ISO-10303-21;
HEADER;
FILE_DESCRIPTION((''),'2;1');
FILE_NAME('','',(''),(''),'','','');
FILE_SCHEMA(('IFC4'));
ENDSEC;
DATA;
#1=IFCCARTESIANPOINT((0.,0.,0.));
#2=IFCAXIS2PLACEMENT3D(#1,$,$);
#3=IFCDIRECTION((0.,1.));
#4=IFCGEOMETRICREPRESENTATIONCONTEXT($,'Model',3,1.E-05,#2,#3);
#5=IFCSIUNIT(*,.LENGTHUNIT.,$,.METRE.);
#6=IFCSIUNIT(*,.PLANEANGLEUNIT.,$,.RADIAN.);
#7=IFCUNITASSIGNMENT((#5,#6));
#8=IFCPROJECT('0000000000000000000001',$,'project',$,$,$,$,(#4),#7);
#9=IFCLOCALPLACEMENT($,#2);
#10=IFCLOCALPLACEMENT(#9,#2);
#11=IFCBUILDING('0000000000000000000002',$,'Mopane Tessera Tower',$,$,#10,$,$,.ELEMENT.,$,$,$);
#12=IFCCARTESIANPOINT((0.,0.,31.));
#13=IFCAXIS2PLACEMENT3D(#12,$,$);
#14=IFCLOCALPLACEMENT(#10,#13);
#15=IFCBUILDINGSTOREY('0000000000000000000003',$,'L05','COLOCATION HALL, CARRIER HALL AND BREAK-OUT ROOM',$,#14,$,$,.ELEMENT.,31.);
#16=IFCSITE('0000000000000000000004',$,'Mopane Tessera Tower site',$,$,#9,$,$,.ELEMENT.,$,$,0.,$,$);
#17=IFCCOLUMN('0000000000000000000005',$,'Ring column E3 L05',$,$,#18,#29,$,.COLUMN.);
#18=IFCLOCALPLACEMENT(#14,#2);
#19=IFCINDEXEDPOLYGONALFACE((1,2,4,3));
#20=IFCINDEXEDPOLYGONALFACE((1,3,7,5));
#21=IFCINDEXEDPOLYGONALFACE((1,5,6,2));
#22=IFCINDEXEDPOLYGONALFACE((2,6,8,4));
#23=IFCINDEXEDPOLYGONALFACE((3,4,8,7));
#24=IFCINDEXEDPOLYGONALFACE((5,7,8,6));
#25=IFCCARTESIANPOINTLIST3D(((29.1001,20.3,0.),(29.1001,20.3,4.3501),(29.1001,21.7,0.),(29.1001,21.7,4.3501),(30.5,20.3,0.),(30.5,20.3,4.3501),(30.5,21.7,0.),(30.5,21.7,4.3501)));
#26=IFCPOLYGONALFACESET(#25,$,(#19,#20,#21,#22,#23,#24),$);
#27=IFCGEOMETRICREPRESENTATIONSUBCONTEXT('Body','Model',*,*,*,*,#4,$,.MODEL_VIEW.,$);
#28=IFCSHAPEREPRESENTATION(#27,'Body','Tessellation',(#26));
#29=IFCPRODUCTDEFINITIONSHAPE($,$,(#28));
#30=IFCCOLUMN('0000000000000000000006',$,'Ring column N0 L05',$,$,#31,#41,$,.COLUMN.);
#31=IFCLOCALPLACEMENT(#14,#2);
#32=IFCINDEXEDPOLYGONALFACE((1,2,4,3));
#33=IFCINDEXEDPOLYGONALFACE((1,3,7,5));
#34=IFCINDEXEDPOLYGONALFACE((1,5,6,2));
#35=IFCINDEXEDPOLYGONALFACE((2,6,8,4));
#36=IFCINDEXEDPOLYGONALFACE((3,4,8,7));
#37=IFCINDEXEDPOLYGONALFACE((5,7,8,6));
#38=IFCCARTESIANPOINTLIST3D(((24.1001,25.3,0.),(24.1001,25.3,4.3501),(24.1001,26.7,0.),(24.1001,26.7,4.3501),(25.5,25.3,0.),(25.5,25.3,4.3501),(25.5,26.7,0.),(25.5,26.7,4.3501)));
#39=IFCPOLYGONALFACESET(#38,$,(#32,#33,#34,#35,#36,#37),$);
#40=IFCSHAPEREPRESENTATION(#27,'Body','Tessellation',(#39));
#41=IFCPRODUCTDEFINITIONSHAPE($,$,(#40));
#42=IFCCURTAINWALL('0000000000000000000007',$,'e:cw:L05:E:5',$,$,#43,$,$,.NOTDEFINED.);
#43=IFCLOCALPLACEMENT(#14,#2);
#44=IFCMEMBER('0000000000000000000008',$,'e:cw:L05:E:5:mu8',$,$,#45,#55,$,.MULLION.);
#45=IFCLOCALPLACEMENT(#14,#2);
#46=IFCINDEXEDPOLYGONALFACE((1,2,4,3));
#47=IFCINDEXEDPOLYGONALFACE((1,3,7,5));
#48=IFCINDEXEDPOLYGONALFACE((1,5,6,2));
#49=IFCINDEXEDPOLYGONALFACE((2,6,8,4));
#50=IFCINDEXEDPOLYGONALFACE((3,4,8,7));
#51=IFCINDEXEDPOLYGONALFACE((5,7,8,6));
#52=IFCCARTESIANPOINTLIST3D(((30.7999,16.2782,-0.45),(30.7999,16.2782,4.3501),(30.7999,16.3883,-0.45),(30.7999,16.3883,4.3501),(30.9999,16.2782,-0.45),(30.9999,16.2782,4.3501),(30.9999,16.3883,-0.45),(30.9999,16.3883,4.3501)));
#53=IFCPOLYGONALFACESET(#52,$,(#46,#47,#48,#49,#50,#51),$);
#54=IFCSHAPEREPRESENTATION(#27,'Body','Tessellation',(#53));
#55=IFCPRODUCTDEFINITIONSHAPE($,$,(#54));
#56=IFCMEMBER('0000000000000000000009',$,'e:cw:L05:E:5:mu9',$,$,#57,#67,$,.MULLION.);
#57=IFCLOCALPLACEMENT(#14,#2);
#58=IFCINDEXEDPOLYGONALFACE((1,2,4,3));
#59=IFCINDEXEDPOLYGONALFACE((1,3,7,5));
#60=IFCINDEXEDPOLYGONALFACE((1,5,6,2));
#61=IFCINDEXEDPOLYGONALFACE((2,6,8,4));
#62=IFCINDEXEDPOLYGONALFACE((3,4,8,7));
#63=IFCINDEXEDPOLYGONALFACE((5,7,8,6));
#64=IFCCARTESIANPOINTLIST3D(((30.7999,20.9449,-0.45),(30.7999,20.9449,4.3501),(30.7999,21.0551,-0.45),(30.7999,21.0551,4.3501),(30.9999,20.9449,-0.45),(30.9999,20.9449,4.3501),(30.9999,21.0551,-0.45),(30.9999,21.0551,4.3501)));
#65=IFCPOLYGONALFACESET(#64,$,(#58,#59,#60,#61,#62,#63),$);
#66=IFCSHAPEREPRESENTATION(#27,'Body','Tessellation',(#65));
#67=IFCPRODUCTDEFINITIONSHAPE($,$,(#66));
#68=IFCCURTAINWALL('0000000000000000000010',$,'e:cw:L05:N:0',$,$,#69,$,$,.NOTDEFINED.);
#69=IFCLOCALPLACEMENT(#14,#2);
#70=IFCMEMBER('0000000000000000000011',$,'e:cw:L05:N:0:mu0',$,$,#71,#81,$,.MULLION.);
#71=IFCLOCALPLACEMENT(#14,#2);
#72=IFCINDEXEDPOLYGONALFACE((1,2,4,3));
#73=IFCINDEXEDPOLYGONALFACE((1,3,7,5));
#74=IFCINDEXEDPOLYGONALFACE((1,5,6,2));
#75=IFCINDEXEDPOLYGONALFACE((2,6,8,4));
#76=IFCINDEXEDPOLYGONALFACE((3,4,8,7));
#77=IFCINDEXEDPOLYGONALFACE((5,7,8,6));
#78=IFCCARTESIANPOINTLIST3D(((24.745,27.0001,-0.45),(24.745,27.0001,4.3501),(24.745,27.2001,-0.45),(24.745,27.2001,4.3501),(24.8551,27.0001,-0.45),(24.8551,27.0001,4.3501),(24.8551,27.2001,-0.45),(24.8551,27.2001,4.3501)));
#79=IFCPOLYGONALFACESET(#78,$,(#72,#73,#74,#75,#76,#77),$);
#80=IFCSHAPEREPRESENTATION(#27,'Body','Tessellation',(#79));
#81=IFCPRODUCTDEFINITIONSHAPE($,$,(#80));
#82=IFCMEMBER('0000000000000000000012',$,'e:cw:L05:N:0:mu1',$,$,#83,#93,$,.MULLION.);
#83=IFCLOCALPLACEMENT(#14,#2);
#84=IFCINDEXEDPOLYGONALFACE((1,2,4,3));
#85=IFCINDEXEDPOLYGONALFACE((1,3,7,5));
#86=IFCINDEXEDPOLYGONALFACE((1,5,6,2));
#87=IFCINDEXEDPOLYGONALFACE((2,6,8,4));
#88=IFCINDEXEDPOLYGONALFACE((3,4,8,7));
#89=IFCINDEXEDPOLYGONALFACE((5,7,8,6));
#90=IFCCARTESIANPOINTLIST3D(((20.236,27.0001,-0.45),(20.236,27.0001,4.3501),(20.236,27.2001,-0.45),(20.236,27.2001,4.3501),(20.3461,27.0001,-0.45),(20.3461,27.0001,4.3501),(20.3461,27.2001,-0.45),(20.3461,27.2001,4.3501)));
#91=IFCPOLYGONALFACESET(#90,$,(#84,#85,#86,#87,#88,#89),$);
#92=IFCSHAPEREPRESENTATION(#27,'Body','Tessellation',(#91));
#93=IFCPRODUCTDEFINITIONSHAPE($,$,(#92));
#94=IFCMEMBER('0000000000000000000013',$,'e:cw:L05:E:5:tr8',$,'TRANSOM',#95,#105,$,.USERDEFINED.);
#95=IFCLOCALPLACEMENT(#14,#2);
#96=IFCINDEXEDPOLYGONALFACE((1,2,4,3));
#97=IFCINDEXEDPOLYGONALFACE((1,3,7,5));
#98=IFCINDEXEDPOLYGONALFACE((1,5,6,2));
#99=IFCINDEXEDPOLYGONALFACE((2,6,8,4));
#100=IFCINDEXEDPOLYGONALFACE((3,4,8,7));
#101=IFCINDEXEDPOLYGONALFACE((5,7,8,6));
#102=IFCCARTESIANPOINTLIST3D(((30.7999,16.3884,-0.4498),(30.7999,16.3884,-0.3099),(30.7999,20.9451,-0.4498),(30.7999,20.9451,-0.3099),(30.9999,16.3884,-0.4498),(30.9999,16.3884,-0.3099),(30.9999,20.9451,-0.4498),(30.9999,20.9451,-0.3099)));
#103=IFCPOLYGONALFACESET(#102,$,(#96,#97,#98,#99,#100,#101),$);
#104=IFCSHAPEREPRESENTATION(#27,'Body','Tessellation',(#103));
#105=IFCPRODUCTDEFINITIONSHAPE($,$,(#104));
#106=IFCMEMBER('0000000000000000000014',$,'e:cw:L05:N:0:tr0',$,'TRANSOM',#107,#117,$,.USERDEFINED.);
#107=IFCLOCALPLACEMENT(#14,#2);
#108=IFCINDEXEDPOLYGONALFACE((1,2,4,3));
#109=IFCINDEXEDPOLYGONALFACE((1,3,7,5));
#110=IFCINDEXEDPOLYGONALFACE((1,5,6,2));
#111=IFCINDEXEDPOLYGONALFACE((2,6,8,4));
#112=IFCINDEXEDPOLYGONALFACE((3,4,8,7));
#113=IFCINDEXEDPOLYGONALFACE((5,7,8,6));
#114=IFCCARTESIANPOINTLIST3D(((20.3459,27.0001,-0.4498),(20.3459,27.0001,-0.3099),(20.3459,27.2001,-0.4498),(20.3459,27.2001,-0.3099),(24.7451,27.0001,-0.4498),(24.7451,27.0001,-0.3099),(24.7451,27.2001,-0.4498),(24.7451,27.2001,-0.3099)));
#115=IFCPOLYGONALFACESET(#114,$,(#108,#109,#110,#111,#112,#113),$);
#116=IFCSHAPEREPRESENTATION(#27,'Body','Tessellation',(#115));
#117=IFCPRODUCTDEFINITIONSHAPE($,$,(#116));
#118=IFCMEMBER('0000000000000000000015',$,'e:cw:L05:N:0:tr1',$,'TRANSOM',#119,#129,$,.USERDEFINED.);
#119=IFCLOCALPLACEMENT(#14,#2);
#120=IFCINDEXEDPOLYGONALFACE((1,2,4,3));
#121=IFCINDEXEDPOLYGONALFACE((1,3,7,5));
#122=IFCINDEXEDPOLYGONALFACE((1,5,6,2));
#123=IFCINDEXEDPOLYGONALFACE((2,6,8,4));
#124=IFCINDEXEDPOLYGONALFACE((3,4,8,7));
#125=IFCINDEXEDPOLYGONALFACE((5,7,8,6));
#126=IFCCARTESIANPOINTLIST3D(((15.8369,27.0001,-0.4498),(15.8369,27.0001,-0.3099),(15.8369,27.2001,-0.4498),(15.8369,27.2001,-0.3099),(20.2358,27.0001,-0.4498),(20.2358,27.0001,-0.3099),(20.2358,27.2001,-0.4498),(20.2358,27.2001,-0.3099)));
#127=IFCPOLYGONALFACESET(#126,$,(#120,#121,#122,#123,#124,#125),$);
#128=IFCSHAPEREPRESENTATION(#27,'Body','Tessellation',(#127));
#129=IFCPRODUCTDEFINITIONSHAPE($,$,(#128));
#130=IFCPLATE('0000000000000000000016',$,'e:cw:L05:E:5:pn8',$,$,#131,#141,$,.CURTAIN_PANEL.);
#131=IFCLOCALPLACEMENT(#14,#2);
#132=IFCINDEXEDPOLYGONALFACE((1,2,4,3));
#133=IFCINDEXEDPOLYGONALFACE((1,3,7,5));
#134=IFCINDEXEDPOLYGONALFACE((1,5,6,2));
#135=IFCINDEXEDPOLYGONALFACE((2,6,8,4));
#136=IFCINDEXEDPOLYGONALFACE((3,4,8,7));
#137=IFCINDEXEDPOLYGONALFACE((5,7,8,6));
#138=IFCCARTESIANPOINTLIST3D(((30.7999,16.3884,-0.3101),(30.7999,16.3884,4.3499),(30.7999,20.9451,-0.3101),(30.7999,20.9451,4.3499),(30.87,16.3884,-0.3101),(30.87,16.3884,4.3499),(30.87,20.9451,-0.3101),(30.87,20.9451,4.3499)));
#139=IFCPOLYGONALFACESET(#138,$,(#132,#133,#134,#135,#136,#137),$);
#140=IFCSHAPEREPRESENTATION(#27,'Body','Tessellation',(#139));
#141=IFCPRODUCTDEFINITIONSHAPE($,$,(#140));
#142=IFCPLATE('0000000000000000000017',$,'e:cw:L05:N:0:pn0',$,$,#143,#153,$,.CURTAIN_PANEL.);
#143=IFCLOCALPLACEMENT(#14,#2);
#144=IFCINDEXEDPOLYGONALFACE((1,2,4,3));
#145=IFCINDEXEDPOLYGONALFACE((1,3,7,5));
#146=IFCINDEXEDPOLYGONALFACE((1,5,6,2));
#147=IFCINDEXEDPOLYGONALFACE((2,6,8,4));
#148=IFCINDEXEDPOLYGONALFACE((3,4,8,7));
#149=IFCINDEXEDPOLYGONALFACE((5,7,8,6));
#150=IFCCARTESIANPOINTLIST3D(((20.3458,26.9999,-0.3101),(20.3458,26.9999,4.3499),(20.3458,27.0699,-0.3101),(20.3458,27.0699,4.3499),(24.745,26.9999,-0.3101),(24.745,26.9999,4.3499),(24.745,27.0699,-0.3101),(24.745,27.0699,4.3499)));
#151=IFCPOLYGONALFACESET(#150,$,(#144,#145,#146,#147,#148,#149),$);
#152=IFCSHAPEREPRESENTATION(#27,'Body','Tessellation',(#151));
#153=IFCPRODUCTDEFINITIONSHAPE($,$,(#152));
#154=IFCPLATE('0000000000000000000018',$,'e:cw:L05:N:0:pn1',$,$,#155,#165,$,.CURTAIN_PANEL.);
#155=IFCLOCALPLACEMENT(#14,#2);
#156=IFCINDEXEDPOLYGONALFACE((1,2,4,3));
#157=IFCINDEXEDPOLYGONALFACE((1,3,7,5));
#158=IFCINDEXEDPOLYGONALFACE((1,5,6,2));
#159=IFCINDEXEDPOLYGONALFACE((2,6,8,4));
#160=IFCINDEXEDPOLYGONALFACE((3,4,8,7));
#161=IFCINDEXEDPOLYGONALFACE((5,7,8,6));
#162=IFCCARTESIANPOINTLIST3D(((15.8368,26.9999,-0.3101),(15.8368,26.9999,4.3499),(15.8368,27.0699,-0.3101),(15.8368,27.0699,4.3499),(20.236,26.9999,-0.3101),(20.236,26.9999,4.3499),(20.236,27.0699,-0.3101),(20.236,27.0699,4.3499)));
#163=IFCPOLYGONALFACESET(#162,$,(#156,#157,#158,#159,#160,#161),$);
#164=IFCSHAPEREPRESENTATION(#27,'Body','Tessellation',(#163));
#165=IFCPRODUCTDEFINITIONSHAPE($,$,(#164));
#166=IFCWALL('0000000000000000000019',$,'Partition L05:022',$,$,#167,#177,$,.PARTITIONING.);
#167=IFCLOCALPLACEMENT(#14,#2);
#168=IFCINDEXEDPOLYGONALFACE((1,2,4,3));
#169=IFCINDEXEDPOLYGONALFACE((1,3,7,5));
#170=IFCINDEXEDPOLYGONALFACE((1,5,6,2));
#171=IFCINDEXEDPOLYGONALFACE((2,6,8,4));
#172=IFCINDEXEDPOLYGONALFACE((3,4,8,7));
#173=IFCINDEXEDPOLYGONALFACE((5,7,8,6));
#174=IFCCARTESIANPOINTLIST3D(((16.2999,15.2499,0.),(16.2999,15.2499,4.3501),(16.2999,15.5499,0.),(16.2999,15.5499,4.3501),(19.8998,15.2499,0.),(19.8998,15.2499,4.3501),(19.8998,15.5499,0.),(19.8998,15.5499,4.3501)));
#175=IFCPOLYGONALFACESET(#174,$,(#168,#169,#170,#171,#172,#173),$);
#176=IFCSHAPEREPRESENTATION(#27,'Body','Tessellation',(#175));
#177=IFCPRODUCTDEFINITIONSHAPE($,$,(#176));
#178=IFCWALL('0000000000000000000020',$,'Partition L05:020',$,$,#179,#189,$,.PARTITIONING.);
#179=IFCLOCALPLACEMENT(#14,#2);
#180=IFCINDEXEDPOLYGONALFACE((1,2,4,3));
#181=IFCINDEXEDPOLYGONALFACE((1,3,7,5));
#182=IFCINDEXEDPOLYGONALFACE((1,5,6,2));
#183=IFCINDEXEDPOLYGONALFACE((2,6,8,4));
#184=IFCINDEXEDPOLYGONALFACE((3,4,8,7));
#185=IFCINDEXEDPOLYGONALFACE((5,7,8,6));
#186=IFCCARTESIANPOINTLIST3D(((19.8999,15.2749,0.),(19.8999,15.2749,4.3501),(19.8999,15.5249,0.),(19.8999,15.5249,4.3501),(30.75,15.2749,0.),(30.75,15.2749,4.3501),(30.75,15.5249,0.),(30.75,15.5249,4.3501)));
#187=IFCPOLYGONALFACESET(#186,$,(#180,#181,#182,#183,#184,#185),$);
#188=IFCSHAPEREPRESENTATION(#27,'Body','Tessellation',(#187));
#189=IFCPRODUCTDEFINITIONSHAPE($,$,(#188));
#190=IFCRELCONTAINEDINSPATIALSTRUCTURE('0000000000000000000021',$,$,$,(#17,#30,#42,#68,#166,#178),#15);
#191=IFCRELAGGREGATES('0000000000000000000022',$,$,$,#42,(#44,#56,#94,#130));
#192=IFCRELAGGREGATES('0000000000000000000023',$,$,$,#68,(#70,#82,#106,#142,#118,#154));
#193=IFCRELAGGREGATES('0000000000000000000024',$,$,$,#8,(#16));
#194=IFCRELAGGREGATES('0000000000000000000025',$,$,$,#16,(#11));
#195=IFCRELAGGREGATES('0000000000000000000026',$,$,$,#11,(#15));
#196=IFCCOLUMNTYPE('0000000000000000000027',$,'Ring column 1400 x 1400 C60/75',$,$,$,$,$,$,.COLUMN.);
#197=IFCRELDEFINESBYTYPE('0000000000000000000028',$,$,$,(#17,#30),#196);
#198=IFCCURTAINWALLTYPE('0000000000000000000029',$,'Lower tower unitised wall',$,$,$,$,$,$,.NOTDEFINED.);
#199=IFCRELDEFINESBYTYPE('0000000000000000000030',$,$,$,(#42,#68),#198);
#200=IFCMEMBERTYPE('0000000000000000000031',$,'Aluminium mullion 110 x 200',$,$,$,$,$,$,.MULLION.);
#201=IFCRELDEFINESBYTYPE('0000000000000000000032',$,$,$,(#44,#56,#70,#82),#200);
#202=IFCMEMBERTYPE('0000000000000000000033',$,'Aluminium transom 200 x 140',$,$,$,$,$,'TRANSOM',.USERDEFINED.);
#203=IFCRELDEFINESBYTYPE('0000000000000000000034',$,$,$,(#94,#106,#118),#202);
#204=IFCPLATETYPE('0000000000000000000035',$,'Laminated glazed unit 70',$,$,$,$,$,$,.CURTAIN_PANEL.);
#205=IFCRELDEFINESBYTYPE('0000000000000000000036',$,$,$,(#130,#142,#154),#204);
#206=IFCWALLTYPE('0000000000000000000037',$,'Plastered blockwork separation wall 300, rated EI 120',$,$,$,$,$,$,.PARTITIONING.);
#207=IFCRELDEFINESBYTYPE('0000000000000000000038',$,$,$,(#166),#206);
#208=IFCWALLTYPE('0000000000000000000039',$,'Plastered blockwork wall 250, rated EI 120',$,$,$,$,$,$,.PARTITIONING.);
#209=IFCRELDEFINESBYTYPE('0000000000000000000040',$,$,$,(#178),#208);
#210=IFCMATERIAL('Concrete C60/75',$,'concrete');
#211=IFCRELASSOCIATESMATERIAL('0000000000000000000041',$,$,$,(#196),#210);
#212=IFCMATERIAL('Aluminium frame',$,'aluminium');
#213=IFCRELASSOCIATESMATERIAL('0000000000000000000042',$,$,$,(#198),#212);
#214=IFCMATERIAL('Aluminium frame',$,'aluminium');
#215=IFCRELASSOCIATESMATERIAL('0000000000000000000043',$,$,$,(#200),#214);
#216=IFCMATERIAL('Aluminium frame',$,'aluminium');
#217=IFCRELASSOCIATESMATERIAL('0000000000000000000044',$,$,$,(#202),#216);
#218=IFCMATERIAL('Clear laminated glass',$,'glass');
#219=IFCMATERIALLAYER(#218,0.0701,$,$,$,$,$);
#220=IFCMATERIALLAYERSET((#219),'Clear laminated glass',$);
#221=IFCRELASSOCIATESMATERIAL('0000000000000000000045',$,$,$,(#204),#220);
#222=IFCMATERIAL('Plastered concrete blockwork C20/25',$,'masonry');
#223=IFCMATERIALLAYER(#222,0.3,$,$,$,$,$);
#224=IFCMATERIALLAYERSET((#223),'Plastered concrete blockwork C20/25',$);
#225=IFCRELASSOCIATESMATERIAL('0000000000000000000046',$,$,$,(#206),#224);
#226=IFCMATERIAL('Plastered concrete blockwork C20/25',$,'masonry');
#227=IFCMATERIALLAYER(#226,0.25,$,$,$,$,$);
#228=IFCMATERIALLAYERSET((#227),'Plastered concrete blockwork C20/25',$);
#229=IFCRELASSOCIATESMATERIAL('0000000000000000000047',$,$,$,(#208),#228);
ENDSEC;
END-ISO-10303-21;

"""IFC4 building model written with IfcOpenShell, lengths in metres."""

from ifc_helpers import new_model, si_unit, direction, frame, frame_2d, origin, origin_2d, place, context, subcontext, project, spatial, rectangle, extrude, material, layer, layer_set, material_profile, profile_set, type_object, element, aggregate, save


model = new_model("IFC4")

# Units and contexts
model_context = context("Model", 3, precision=1e-05, world=origin(), true_north=direction((0.0, 1.0)))
body_context = subcontext(model_context, "Body", "Model", "MODEL_VIEW")
ifc_project = project(units=[si_unit("LENGTHUNIT", "METRE"), si_unit("PLANEANGLEUNIT", "RADIAN")], contexts=[model_context])

# Site, building, storey
site_placement = place(None, origin())
site = spatial("IfcSite", under=ifc_project, at=site_placement, Name="Mopane Tessera Tower site", CompositionType="ELEMENT", RefElevation=0.0)
building_placement = place(site_placement, origin())
building = spatial("IfcBuilding", under=site, at=building_placement, Name="Mopane Tessera Tower", CompositionType="ELEMENT")
storey_placement = place(building_placement, frame((0.0, 0.0, 31.0)))
storey = spatial("IfcBuildingStorey", under=building, at=storey_placement, Name="L05", Description="COLOCATION HALL, CARRIER HALL AND BREAK-OUT ROOM", CompositionType="ELEMENT", Elevation=31.0)

# Columns
ifc_material_1 = material(Name="Concrete C60/75", Category="concrete")
ifc_material_profile_1 = material_profile(ifc_material_1, rectangle(XDim=1.3999, YDim=1.3999, at=origin_2d()))
ifc_profile_set_1 = profile_set([ifc_material_profile_1], Name="Concrete C60/75")
column_type = type_object("IfcColumnType", Name="Ring column 1400 x 1400 C60/75", PredefinedType="COLUMN", material=ifc_profile_set_1)
for number, where, z_axis, x_axis, name in (
    (1, (29.8, 21.0, 0.0), (0.0, 0.0, 1.0), (1.0, 0.0, 0.0), "Ring column E3 L05"),
    (2, (24.8, 26.0, 0.0), (0.0, 0.0, 1.0), (1.0, 0.0, 0.0), "Ring column N0 L05"),
):
    element("IfcColumn", number, at=place(storey_placement, frame(where, z_axis=z_axis, x_axis=x_axis)), inside=storey, type_object=column_type, Name=name, PredefinedType="COLUMN", context=body_context, shape_type="SweptSolid", body=[
        extrude(rectangle(XDim=1.3999, YDim=1.3999, at=origin_2d()), origin(), (0.0, 0.0, 1.0), 4.3501),
    ])

# Curtain walls, members
ifc_material_2 = material(Name="Aluminium frame", Category="aluminium")
curtain_wall_type = type_object("IfcCurtainWallType", Name="Lower tower unitised wall", PredefinedType="NOTDEFINED", material=ifc_material_2)
curtain_wall_1_placement = place(storey_placement, origin())
curtain_wall_1 = element("IfcCurtainWall", 3, at=curtain_wall_1_placement, inside=storey, type_object=curtain_wall_type, Name="e:cw:L05:E:5", PredefinedType="NOTDEFINED")
ifc_material_3 = material(Name="Aluminium frame", Category="aluminium")
ifc_material_profile_2 = material_profile(ifc_material_3, rectangle(XDim=0.1101, YDim=0.2, at=origin_2d()))
ifc_profile_set_2 = profile_set([ifc_material_profile_2], Name="Aluminium frame")
member_type_1 = type_object("IfcMemberType", Name="Aluminium mullion 110 x 200", PredefinedType="MULLION", material=ifc_profile_set_2)
member_1_placement = place(storey_placement, frame((30.8999, 16.3333, -0.45), z_axis=(0.0, 0.0, 1.0), x_axis=(0.0, 1.0, 0.0)))
member_1 = element("IfcMember", 4, at=member_1_placement, type_object=member_type_1, Name="e:cw:L05:E:5:mu8", PredefinedType="MULLION", context=body_context, shape_type="SweptSolid", body=[
    extrude(rectangle(XDim=0.1101, YDim=0.2, at=origin_2d()), origin(), (0.0, 0.0, 1.0), 4.8),
])
member_2_placement = place(storey_placement, frame((30.8999, 21.0, -0.45), z_axis=(0.0, 0.0, 1.0), x_axis=(0.0, 1.0, 0.0)))
member_2 = element("IfcMember", 5, at=member_2_placement, type_object=member_type_1, Name="e:cw:L05:E:5:mu9", PredefinedType="MULLION", context=body_context, shape_type="SweptSolid", body=[
    extrude(rectangle(XDim=0.1101, YDim=0.2, at=origin_2d()), origin(), (0.0, 0.0, 1.0), 4.8),
])
curtain_wall_2_placement = place(storey_placement, origin())
curtain_wall_2 = element("IfcCurtainWall", 6, at=curtain_wall_2_placement, inside=storey, type_object=curtain_wall_type, Name="e:cw:L05:N:0", PredefinedType="NOTDEFINED")
member_3_placement = place(storey_placement, frame((24.8, 27.1001, -0.45), z_axis=(0.0, 0.0, 1.0), x_axis=(-1.0, 0.0, 0.0)))
member_3 = element("IfcMember", 7, at=member_3_placement, type_object=member_type_1, Name="e:cw:L05:N:0:mu0", PredefinedType="MULLION", context=body_context, shape_type="SweptSolid", body=[
    extrude(rectangle(XDim=0.1101, YDim=0.2, at=origin_2d()), origin(), (0.0, 0.0, 1.0), 4.8),
])
member_4_placement = place(storey_placement, frame((20.291, 27.1001, -0.45), z_axis=(0.0, 0.0, 1.0), x_axis=(-1.0, 0.0, 0.0)))
member_4 = element("IfcMember", 8, at=member_4_placement, type_object=member_type_1, Name="e:cw:L05:N:0:mu1", PredefinedType="MULLION", context=body_context, shape_type="SweptSolid", body=[
    extrude(rectangle(XDim=0.1101, YDim=0.2, at=origin_2d()), origin(), (0.0, 0.0, 1.0), 4.8),
])

# Members
ifc_material_4 = material(Name="Aluminium frame", Category="aluminium")
ifc_material_profile_3 = material_profile(ifc_material_4, rectangle(XDim=0.2, YDim=0.1399, at=origin_2d()))
ifc_profile_set_3 = profile_set([ifc_material_profile_3], Name="Aluminium frame")
member_type_2 = type_object("IfcMemberType", Name="Aluminium transom 200 x 140", ElementType="TRANSOM", PredefinedType="USERDEFINED", material=ifc_profile_set_3)
member_5_placement = place(storey_placement, frame((30.8999, 16.3884, -0.3799), z_axis=(0.0, 1.0, 0.0), x_axis=(-1.0, 0.0, 0.0)))
member_5 = element("IfcMember", 9, at=member_5_placement, type_object=member_type_2, Name="e:cw:L05:E:5:tr8", ObjectType="TRANSOM", PredefinedType="USERDEFINED", context=body_context, shape_type="SweptSolid", body=[
    extrude(rectangle(XDim=0.2, YDim=0.1399, at=origin_2d()), origin(), (0.0, 0.0, 1.0), 4.5566),
])
member_6_placement = place(storey_placement, frame((24.7451, 27.1001, -0.3799), z_axis=(-1.0, 0.0, 0.0), x_axis=(0.0, -1.0, 0.0)))
member_6 = element("IfcMember", 10, at=member_6_placement, type_object=member_type_2, Name="e:cw:L05:N:0:tr0", ObjectType="TRANSOM", PredefinedType="USERDEFINED", context=body_context, shape_type="SweptSolid", body=[
    extrude(rectangle(XDim=0.2, YDim=0.1399, at=origin_2d()), origin(), (0.0, 0.0, 1.0), 4.3992),
])
member_7_placement = place(storey_placement, frame((20.2358, 27.1001, -0.3799), z_axis=(-1.0, 0.0, 0.0), x_axis=(0.0, -1.0, 0.0)))
member_7 = element("IfcMember", 11, at=member_7_placement, type_object=member_type_2, Name="e:cw:L05:N:0:tr1", ObjectType="TRANSOM", PredefinedType="USERDEFINED", context=body_context, shape_type="SweptSolid", body=[
    extrude(rectangle(XDim=0.2, YDim=0.1399, at=origin_2d()), origin(), (0.0, 0.0, 1.0), 4.3989),
])

# Plates
ifc_material_5 = material(Name="Clear laminated glass", Category="glass")
ifc_layer_1 = layer(ifc_material_5, 0.0701)
ifc_layer_set_1 = layer_set([ifc_layer_1], Name="Clear laminated glass")
plate_type = type_object("IfcPlateType", Name="Laminated glazed unit 70", PredefinedType="CURTAIN_PANEL", material=ifc_layer_set_1)
plate_1_placement = place(storey_placement, frame((30.835, 18.6667, -0.3101), z_axis=(0.0, 0.0, 1.0), x_axis=(0.0, 1.0, 0.0)))
plate_1 = element("IfcPlate", 12, at=plate_1_placement, type_object=plate_type, Name="e:cw:L05:E:5:pn8", PredefinedType="CURTAIN_PANEL", context=body_context, shape_type="SweptSolid", body=[
    extrude(rectangle(XDim=4.5566, YDim=0.0701, at=origin_2d()), origin(), (0.0, 0.0, 1.0), 4.6599),
])
aggregate(curtain_wall_1, [member_1, member_2, member_5, plate_1])
plate_2_placement = place(storey_placement, frame((22.5454, 27.0349, -0.3101), z_axis=(0.0, 0.0, 1.0), x_axis=(-1.0, 0.0, 0.0)))
plate_2 = element("IfcPlate", 13, at=plate_2_placement, type_object=plate_type, Name="e:cw:L05:N:0:pn0", PredefinedType="CURTAIN_PANEL", context=body_context, shape_type="SweptSolid", body=[
    extrude(rectangle(XDim=4.3992, YDim=0.0701, at=origin_2d()), origin(), (0.0, 0.0, 1.0), 4.6599),
])
plate_3_placement = place(storey_placement, frame((18.0364, 27.0349, -0.3101), z_axis=(0.0, 0.0, 1.0), x_axis=(-1.0, 0.0, 0.0)))
plate_3 = element("IfcPlate", 14, at=plate_3_placement, type_object=plate_type, Name="e:cw:L05:N:0:pn1", PredefinedType="CURTAIN_PANEL", context=body_context, shape_type="SweptSolid", body=[
    extrude(rectangle(XDim=4.3992, YDim=0.0701, at=origin_2d()), origin(), (0.0, 0.0, 1.0), 4.6599),
])
aggregate(curtain_wall_2, [member_3, member_4, member_6, plate_2, member_7, plate_3])

# Walls
ifc_material_6 = material(Name="Plastered concrete blockwork C20/25", Category="masonry")
ifc_layer_2 = layer(ifc_material_6, 0.3)
ifc_layer_set_2 = layer_set([ifc_layer_2], Name="Plastered concrete blockwork C20/25")
wall_type_1 = type_object("IfcWallType", Name="Plastered blockwork separation wall 300, rated EI 120", PredefinedType="PARTITIONING", material=ifc_layer_set_2)
wall_1_placement = place(storey_placement, frame((16.3, 15.3999, 0.0), z_axis=(0.0, 0.0, 1.0), x_axis=(1.0, 0.0, 0.0)))
element("IfcWall", 15, at=wall_1_placement, inside=storey, type_object=wall_type_1, Name="Partition L05:022", PredefinedType="PARTITIONING", context=body_context, shape_type="SweptSolid", body=[
    extrude(rectangle(XDim=3.5999, YDim=0.3, at=frame_2d((1.7998, 0.0))), origin(), (0.0, 0.0, 1.0), 4.3501),
])
ifc_material_7 = material(Name="Plastered concrete blockwork C20/25", Category="masonry")
ifc_layer_3 = layer(ifc_material_7, 0.25)
ifc_layer_set_3 = layer_set([ifc_layer_3], Name="Plastered concrete blockwork C20/25")
wall_type_2 = type_object("IfcWallType", Name="Plastered blockwork wall 250, rated EI 120", PredefinedType="PARTITIONING", material=ifc_layer_set_3)
wall_2_placement = place(storey_placement, frame((19.8999, 15.3999, 0.0), z_axis=(0.0, 0.0, 1.0), x_axis=(1.0, 0.0, 0.0)))
element("IfcWall", 16, at=wall_2_placement, inside=storey, type_object=wall_type_2, Name="Partition L05:020", PredefinedType="PARTITIONING", context=body_context, shape_type="SweptSolid", body=[
    extrude(rectangle(XDim=10.8501, YDim=0.25, at=frame_2d((5.425, 0.0))), origin(), (0.0, 0.0, 1.0), 4.3501),
])

save(model, "model.ifc")
